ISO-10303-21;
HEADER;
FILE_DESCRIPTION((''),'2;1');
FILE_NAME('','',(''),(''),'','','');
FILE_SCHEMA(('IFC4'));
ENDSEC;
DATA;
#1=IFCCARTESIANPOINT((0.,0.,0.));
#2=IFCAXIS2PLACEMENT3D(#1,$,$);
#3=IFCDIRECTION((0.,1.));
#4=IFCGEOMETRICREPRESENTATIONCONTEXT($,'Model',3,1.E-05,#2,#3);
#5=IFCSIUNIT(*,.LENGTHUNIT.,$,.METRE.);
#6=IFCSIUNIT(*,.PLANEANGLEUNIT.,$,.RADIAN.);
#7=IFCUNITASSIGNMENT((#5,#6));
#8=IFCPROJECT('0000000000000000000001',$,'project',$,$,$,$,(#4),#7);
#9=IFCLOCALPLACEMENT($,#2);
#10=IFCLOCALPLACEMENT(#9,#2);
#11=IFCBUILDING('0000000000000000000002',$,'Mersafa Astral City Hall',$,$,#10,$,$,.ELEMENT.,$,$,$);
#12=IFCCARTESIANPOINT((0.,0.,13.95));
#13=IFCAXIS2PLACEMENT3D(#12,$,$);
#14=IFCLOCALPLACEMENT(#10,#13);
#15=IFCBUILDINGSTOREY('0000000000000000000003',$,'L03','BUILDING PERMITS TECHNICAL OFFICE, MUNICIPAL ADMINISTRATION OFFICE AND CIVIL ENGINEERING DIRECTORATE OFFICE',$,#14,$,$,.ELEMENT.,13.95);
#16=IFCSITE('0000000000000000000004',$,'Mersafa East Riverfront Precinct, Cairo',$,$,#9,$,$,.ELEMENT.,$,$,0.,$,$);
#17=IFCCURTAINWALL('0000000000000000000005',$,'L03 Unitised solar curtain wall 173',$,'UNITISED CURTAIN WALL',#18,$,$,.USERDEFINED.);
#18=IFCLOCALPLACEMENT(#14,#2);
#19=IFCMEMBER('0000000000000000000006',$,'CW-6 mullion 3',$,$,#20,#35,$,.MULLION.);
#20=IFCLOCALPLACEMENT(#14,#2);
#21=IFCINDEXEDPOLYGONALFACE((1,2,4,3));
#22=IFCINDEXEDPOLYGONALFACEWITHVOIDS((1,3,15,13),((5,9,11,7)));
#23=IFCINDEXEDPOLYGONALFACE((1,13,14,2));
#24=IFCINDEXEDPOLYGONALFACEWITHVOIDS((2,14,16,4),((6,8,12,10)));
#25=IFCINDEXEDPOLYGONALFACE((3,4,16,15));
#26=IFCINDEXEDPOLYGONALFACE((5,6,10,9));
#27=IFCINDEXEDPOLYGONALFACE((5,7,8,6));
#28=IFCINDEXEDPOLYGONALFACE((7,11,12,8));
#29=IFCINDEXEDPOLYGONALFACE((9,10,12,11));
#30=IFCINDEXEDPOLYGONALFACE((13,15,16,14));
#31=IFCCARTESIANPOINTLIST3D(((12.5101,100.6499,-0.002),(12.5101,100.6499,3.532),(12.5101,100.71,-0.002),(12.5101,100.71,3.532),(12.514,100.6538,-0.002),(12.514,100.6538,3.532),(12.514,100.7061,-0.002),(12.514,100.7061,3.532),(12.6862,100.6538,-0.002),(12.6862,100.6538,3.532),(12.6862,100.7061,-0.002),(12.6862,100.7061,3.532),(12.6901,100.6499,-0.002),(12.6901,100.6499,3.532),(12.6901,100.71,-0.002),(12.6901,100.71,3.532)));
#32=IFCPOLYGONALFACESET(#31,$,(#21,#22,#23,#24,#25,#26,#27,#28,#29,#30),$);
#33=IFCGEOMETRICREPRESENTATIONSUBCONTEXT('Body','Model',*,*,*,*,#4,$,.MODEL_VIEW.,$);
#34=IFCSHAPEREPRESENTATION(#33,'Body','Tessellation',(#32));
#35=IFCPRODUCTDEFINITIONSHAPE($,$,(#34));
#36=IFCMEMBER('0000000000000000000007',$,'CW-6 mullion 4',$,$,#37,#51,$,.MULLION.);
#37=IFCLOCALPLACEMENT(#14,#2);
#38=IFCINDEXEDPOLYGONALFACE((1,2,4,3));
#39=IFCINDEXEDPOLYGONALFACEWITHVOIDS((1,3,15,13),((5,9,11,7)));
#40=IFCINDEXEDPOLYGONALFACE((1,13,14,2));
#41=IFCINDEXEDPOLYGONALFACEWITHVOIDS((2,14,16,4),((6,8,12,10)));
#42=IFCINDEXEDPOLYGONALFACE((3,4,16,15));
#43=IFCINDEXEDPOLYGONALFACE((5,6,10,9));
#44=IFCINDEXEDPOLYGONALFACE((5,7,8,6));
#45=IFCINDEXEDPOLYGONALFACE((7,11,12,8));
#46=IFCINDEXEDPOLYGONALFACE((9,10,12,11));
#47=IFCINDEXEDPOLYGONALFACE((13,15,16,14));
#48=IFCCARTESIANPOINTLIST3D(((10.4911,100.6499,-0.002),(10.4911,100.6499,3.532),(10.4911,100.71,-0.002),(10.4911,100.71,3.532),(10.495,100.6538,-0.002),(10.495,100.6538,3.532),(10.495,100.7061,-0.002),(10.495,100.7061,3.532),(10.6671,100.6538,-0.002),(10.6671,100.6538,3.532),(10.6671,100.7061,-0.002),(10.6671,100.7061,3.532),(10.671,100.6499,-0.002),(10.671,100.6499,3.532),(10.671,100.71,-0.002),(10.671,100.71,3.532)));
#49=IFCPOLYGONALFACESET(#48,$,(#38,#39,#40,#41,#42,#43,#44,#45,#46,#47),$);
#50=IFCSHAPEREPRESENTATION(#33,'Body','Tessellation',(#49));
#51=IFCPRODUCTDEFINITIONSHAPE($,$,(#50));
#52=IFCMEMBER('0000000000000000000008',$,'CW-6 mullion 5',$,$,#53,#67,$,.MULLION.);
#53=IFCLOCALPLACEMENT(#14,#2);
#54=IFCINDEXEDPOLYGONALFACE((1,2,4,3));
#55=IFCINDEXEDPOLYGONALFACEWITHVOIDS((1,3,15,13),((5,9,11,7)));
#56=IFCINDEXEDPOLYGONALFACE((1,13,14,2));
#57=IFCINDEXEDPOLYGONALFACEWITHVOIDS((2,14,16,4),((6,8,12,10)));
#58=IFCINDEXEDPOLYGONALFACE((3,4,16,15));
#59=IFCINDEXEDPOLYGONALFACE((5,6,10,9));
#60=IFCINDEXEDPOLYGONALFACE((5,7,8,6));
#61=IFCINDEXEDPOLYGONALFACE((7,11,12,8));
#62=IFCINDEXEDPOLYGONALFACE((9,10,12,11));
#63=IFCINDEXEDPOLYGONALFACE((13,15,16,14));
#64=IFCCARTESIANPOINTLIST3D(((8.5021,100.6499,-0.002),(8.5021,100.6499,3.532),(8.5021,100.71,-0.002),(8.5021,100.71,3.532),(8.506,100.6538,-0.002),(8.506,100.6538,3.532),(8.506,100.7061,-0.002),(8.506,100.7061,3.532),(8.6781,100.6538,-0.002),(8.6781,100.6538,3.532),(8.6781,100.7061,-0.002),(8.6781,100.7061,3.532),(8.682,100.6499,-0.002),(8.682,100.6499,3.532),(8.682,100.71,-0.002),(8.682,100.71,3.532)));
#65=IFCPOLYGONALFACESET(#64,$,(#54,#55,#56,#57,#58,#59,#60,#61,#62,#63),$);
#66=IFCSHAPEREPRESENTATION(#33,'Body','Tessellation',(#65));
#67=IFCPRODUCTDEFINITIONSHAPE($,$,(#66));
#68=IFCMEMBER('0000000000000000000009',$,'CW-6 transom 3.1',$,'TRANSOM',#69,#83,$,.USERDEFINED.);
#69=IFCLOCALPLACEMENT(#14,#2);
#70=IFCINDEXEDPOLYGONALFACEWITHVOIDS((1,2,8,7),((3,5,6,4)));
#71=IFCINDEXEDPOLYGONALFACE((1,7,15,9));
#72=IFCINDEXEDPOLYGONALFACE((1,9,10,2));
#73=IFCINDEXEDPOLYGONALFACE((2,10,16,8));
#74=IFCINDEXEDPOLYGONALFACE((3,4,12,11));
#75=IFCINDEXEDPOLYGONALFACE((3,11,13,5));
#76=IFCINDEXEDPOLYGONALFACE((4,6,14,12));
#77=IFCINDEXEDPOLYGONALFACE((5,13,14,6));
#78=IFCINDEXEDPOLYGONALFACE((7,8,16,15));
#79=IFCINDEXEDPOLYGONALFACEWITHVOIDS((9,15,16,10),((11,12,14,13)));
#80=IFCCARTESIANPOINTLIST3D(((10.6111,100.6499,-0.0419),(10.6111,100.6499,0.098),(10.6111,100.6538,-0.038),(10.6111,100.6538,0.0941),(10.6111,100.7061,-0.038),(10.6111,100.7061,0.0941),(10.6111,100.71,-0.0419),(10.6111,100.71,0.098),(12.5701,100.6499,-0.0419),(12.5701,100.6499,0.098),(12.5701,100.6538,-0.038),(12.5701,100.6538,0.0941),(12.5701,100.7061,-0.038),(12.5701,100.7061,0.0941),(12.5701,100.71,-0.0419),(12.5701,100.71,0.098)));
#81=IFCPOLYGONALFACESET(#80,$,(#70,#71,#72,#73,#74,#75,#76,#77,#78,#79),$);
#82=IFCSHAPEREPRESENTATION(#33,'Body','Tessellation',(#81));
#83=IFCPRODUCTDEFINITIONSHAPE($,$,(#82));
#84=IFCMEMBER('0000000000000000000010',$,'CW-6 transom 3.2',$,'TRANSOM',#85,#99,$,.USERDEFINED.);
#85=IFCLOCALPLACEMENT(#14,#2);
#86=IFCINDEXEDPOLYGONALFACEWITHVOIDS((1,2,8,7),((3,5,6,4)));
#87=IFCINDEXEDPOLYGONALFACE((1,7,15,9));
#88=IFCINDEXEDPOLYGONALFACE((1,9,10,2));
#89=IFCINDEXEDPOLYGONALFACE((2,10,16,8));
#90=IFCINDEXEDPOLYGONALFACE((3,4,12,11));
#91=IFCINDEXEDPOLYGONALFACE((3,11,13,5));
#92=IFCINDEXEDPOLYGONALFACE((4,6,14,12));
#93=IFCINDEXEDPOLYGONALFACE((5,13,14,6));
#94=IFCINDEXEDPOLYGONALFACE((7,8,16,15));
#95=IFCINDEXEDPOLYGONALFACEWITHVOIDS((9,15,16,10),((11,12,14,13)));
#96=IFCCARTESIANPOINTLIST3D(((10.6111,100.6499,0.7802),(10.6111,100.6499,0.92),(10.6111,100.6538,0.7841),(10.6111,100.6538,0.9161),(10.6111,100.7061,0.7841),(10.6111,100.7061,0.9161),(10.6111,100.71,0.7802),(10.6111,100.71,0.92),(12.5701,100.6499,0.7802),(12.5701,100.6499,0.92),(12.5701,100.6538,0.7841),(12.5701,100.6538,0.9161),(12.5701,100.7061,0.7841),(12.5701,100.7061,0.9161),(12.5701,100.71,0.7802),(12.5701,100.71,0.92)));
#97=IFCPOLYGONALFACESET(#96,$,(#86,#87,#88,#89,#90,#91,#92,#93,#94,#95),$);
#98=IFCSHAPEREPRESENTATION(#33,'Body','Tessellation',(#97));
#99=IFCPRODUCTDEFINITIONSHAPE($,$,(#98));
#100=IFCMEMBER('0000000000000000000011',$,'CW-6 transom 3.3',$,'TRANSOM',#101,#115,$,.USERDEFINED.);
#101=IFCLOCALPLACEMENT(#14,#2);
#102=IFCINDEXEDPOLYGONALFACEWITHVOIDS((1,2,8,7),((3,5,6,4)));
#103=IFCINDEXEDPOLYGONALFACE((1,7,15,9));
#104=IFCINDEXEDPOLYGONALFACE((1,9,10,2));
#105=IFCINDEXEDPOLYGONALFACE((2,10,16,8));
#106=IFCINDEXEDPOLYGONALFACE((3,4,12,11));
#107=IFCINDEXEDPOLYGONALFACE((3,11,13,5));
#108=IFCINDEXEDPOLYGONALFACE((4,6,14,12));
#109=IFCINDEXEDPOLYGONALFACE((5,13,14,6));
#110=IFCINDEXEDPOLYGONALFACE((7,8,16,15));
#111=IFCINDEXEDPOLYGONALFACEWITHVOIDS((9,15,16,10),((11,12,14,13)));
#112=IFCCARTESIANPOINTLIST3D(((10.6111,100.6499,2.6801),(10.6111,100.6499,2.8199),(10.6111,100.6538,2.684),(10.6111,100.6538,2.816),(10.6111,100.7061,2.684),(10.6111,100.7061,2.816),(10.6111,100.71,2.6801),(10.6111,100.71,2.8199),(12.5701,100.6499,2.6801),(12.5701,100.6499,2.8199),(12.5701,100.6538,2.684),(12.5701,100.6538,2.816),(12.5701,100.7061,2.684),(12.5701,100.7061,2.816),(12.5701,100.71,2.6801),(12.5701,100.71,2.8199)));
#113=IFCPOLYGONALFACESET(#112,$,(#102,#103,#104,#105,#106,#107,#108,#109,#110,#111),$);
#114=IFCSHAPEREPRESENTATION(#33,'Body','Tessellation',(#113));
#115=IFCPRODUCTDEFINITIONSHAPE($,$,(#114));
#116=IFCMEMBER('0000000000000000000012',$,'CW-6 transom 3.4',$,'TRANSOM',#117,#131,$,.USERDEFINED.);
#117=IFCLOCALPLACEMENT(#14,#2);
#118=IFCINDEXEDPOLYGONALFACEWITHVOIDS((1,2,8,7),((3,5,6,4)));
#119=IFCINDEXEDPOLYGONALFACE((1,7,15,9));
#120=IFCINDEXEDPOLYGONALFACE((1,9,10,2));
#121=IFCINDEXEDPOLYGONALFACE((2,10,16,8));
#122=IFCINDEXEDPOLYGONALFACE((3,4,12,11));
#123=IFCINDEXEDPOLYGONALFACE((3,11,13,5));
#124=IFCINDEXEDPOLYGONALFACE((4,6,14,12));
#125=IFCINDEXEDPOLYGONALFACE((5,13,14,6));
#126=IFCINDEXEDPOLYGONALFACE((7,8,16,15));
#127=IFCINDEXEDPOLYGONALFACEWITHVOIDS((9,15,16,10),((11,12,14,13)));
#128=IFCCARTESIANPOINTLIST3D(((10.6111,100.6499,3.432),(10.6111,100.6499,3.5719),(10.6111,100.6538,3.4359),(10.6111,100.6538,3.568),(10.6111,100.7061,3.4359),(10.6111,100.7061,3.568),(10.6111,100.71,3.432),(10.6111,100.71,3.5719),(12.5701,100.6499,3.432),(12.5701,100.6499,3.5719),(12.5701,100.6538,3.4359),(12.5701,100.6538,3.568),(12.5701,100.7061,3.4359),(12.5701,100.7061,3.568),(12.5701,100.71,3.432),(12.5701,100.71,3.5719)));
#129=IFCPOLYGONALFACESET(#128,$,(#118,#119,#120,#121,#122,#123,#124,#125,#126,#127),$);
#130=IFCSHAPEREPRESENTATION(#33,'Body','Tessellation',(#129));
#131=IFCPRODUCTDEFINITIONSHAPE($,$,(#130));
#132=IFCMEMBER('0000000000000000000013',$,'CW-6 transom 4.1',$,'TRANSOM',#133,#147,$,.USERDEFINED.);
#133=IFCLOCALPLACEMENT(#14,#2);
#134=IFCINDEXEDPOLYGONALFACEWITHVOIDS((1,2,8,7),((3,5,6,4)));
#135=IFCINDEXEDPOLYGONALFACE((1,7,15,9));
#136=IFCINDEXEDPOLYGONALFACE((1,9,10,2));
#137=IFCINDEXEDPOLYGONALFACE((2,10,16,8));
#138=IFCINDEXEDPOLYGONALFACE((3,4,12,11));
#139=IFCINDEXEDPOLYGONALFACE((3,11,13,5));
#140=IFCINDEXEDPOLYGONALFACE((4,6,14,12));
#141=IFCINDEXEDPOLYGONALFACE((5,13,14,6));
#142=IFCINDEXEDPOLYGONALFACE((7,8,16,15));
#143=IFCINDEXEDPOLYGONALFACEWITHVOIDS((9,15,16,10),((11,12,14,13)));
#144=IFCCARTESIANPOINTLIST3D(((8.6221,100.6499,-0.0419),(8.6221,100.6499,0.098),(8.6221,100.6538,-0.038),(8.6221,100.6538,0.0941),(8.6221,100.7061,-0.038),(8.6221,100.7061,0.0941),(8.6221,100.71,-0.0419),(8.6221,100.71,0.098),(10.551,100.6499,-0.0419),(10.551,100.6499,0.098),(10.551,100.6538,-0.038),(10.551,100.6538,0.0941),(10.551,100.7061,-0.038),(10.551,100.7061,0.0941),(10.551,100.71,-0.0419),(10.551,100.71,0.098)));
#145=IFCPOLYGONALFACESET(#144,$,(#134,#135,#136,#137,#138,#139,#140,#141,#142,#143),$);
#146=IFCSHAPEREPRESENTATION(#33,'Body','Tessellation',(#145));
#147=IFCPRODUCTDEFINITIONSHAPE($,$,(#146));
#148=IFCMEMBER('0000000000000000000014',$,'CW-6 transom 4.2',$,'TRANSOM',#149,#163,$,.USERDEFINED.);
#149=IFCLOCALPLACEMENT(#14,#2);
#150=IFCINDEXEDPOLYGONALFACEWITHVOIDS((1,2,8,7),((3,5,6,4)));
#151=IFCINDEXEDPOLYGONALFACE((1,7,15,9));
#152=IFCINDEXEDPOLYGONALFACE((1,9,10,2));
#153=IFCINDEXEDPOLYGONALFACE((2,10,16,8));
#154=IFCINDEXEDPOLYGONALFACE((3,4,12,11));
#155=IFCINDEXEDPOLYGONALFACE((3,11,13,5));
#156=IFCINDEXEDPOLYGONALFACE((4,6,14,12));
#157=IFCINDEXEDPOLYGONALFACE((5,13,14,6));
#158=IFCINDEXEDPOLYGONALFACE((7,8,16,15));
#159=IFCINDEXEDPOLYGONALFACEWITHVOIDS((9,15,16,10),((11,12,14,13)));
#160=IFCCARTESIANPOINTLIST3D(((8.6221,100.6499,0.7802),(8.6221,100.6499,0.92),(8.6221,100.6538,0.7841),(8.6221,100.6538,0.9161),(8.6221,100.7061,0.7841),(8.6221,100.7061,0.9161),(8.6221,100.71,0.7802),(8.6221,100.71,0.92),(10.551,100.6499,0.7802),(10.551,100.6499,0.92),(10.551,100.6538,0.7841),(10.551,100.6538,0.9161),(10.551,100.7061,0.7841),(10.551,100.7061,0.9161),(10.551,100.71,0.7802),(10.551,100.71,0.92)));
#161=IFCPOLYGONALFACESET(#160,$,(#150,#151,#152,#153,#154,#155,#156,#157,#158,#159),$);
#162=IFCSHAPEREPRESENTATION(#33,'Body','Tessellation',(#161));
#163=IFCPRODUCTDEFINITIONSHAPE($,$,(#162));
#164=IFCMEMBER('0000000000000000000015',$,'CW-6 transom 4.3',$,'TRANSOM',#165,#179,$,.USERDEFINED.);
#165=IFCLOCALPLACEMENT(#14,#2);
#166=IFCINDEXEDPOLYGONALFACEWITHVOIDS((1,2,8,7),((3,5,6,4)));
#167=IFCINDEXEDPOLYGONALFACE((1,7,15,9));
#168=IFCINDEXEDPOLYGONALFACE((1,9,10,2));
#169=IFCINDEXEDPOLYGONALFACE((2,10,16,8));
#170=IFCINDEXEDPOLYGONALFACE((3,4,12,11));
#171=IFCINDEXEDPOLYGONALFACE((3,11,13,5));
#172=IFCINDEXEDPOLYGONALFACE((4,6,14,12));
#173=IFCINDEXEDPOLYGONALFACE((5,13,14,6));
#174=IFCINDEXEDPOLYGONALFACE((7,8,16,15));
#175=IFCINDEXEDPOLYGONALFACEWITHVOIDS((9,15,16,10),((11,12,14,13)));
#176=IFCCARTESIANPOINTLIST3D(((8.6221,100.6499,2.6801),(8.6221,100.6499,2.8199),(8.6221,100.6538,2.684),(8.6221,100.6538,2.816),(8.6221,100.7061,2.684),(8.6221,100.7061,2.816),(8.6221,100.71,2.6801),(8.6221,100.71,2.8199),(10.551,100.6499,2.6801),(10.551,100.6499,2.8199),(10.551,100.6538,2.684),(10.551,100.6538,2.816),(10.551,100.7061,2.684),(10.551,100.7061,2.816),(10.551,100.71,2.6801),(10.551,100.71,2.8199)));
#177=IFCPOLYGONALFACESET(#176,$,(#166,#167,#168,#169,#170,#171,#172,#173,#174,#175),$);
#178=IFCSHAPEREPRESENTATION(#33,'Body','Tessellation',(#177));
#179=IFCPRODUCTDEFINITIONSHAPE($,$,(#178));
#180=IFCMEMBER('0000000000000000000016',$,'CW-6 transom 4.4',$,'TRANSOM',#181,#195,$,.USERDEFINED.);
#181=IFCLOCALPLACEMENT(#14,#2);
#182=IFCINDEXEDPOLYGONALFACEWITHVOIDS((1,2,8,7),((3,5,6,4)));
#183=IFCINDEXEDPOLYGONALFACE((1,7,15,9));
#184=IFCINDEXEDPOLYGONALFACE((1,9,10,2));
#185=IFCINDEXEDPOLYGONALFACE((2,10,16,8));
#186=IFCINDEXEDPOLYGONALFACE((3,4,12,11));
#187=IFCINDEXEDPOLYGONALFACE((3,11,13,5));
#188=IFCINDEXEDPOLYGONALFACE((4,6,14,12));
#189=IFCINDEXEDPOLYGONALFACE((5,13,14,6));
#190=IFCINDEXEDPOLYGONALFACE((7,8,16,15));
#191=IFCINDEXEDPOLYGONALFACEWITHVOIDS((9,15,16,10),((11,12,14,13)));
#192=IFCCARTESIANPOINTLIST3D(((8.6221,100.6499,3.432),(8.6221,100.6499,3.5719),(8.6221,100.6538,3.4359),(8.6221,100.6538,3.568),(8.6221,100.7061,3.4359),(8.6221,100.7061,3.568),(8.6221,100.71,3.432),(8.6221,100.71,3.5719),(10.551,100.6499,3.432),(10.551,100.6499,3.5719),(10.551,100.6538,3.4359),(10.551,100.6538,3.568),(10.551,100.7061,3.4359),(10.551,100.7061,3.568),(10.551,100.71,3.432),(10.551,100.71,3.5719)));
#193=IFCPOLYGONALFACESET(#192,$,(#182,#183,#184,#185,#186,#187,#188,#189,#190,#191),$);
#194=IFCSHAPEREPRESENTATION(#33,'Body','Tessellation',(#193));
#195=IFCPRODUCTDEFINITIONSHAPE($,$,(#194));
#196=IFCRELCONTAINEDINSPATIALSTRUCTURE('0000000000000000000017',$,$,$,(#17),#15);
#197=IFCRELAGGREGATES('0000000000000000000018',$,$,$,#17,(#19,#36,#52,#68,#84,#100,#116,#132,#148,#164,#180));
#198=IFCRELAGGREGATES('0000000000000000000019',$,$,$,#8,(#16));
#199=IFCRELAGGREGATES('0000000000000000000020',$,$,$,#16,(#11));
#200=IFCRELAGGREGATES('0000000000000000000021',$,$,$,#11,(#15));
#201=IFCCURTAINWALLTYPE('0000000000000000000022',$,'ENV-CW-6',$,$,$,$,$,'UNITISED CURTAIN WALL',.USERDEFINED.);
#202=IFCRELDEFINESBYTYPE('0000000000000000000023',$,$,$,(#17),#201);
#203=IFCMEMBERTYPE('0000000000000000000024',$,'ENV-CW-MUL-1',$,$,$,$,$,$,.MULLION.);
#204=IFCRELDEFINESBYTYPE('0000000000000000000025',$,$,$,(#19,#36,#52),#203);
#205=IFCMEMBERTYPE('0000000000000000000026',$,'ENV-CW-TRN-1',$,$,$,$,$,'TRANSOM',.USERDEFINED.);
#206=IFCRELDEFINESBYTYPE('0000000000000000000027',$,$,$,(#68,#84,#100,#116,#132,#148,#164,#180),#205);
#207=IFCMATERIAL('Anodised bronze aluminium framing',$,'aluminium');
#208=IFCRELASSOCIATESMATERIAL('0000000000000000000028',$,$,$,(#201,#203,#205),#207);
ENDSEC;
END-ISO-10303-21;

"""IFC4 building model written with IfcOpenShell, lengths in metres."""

from ifc_helpers import new_model, si_unit, direction, frame, origin, origin_2d, place, context, subcontext, project, spatial, hollow_rectangle, extrude, material, material_profile, profile_set, type_object, element, aggregate, save


model = new_model("IFC4")

# Units and contexts
model_context = context("Model", 3, precision=1e-05, world=origin(), true_north=direction((0.0, 1.0)))
body_context = subcontext(model_context, "Body", "Model", "MODEL_VIEW")
ifc_project = project(units=[si_unit("LENGTHUNIT", "METRE"), si_unit("PLANEANGLEUNIT", "RADIAN")], contexts=[model_context])

# Site, building, storey
site_placement = place(None, origin())
site = spatial("IfcSite", under=ifc_project, at=site_placement, Name="Mersafa East Riverfront Precinct, Cairo", CompositionType="ELEMENT", RefElevation=0.0)
building_placement = place(site_placement, origin())
building = spatial("IfcBuilding", under=site, at=building_placement, Name="Mersafa Astral City Hall", CompositionType="ELEMENT")
storey_placement = place(building_placement, frame((0.0, 0.0, 13.95)))
storey = spatial("IfcBuildingStorey", under=building, at=storey_placement, Name="L03", Description="BUILDING PERMITS TECHNICAL OFFICE, MUNICIPAL ADMINISTRATION OFFICE AND CIVIL ENGINEERING DIRECTORATE OFFICE", CompositionType="ELEMENT", Elevation=13.95)

# Curtain wall, members
ifc_material_1 = material(Name="Anodised bronze aluminium framing", Category="aluminium")
curtain_wall_type = type_object("IfcCurtainWallType", Name="ENV-CW-6", ElementType="UNITISED CURTAIN WALL", PredefinedType="USERDEFINED", material=ifc_material_1)
curtain_wall_placement = place(storey_placement, origin())
curtain_wall = element("IfcCurtainWall", 1, at=curtain_wall_placement, inside=storey, type_object=curtain_wall_type, Name="L03 Unitised solar curtain wall 173", ObjectType="UNITISED CURTAIN WALL", PredefinedType="USERDEFINED")
ifc_material_profile_1 = material_profile(ifc_material_1, hollow_rectangle(XDim=0.0601, YDim=0.1799, WallThickness=0.0039, at=origin_2d()), Name="RHS 60x180x4")
ifc_profile_set_1 = profile_set([ifc_material_profile_1], Name="Anodised bronze aluminium framing")
member_type_1 = type_object("IfcMemberType", Name="ENV-CW-MUL-1", PredefinedType="MULLION", material=ifc_profile_set_1)
member_1_placement = place(storey_placement, frame((12.6001, 100.6799, -0.002), z_axis=(0.0, 0.0, 1.0), x_axis=(0.0, -1.0, 0.0)))
member_1 = element("IfcMember", 2, at=member_1_placement, type_object=member_type_1, Name="CW-6 mullion 3", PredefinedType="MULLION", context=body_context, shape_type="SweptSolid", body=[
    extrude(hollow_rectangle(XDim=0.0601, YDim=0.1799, WallThickness=0.0039, at=origin_2d()), origin(), (0.0, 0.0, 1.0), 3.5339),
])
member_2_placement = place(storey_placement, frame((10.5811, 100.6799, -0.002), z_axis=(0.0, 0.0, 1.0), x_axis=(0.0, -1.0, 0.0)))
member_2 = element("IfcMember", 3, at=member_2_placement, type_object=member_type_1, Name="CW-6 mullion 4", PredefinedType="MULLION", context=body_context, shape_type="SweptSolid", body=[
    extrude(hollow_rectangle(XDim=0.0601, YDim=0.1799, WallThickness=0.0039, at=origin_2d()), origin(), (0.0, 0.0, 1.0), 3.5339),
])
member_3_placement = place(storey_placement, frame((8.592, 100.6799, -0.002), z_axis=(0.0, 0.0, 1.0), x_axis=(0.0, -1.0, 0.0)))
member_3 = element("IfcMember", 4, at=member_3_placement, type_object=member_type_1, Name="CW-6 mullion 5", PredefinedType="MULLION", context=body_context, shape_type="SweptSolid", body=[
    extrude(hollow_rectangle(XDim=0.0601, YDim=0.1799, WallThickness=0.0039, at=origin_2d()), origin(), (0.0, 0.0, 1.0), 3.5339),
])
ifc_material_profile_2 = material_profile(ifc_material_1, hollow_rectangle(XDim=0.0601, YDim=0.1399, WallThickness=0.0039, at=origin_2d()), Name="RHS 60x140x4")
ifc_profile_set_2 = profile_set([ifc_material_profile_2], Name="Anodised bronze aluminium framing")
member_type_2 = type_object("IfcMemberType", Name="ENV-CW-TRN-1", ElementType="TRANSOM", PredefinedType="USERDEFINED", material=ifc_profile_set_2)
member_4_placement = place(storey_placement, frame((12.5701, 100.6799, 0.0281), z_axis=(-1.0, 0.0, 0.0), x_axis=(0.0, -1.0, 0.0)))
member_4 = element("IfcMember", 5, at=member_4_placement, type_object=member_type_2, Name="CW-6 transom 3.1", ObjectType="TRANSOM", PredefinedType="USERDEFINED", context=body_context, shape_type="SweptSolid", body=[
    extrude(hollow_rectangle(XDim=0.0601, YDim=0.1399, WallThickness=0.0039, at=origin_2d()), origin(), (0.0, 0.0, 1.0), 1.959),
])
member_5_placement = place(storey_placement, frame((12.5701, 100.6799, 0.8501), z_axis=(-1.0, 0.0, 0.0), x_axis=(0.0, -1.0, 0.0)))
member_5 = element("IfcMember", 6, at=member_5_placement, type_object=member_type_2, Name="CW-6 transom 3.2", ObjectType="TRANSOM", PredefinedType="USERDEFINED", context=body_context, shape_type="SweptSolid", body=[
    extrude(hollow_rectangle(XDim=0.0601, YDim=0.1399, WallThickness=0.0039, at=origin_2d()), origin(), (0.0, 0.0, 1.0), 1.959),
])
member_6_placement = place(storey_placement, frame((12.5701, 100.6799, 2.75), z_axis=(-1.0, 0.0, 0.0), x_axis=(0.0, -1.0, 0.0)))
member_6 = element("IfcMember", 7, at=member_6_placement, type_object=member_type_2, Name="CW-6 transom 3.3", ObjectType="TRANSOM", PredefinedType="USERDEFINED", context=body_context, shape_type="SweptSolid", body=[
    extrude(hollow_rectangle(XDim=0.0601, YDim=0.1399, WallThickness=0.0039, at=origin_2d()), origin(), (0.0, 0.0, 1.0), 1.959),
])
member_7_placement = place(storey_placement, frame((12.5701, 100.6799, 3.502), z_axis=(-1.0, 0.0, 0.0), x_axis=(0.0, -1.0, 0.0)))
member_7 = element("IfcMember", 8, at=member_7_placement, type_object=member_type_2, Name="CW-6 transom 3.4", ObjectType="TRANSOM", PredefinedType="USERDEFINED", context=body_context, shape_type="SweptSolid", body=[
    extrude(hollow_rectangle(XDim=0.0601, YDim=0.1399, WallThickness=0.0039, at=origin_2d()), origin(), (0.0, 0.0, 1.0), 1.959),
])
member_8_placement = place(storey_placement, frame((10.551, 100.6799, 0.0281), z_axis=(-1.0, 0.0, 0.0), x_axis=(0.0, -1.0, 0.0)))
member_8 = element("IfcMember", 9, at=member_8_placement, type_object=member_type_2, Name="CW-6 transom 4.1", ObjectType="TRANSOM", PredefinedType="USERDEFINED", context=body_context, shape_type="SweptSolid", body=[
    extrude(hollow_rectangle(XDim=0.0601, YDim=0.1399, WallThickness=0.0039, at=origin_2d()), origin(), (0.0, 0.0, 1.0), 1.929),
])
member_9_placement = place(storey_placement, frame((10.551, 100.6799, 0.8501), z_axis=(-1.0, 0.0, 0.0), x_axis=(0.0, -1.0, 0.0)))
member_9 = element("IfcMember", 10, at=member_9_placement, type_object=member_type_2, Name="CW-6 transom 4.2", ObjectType="TRANSOM", PredefinedType="USERDEFINED", context=body_context, shape_type="SweptSolid", body=[
    extrude(hollow_rectangle(XDim=0.0601, YDim=0.1399, WallThickness=0.0039, at=origin_2d()), origin(), (0.0, 0.0, 1.0), 1.929),
])
member_10_placement = place(storey_placement, frame((10.551, 100.6799, 2.75), z_axis=(-1.0, 0.0, 0.0), x_axis=(0.0, -1.0, 0.0)))
member_10 = element("IfcMember", 11, at=member_10_placement, type_object=member_type_2, Name="CW-6 transom 4.3", ObjectType="TRANSOM", PredefinedType="USERDEFINED", context=body_context, shape_type="SweptSolid", body=[
    extrude(hollow_rectangle(XDim=0.0601, YDim=0.1399, WallThickness=0.0039, at=origin_2d()), origin(), (0.0, 0.0, 1.0), 1.929),
])
member_11_placement = place(storey_placement, frame((10.551, 100.6799, 3.502), z_axis=(-1.0, 0.0, 0.0), x_axis=(0.0, -1.0, 0.0)))
member_11 = element("IfcMember", 12, at=member_11_placement, type_object=member_type_2, Name="CW-6 transom 4.4", ObjectType="TRANSOM", PredefinedType="USERDEFINED", context=body_context, shape_type="SweptSolid", body=[
    extrude(hollow_rectangle(XDim=0.0601, YDim=0.1399, WallThickness=0.0039, at=origin_2d()), origin(), (0.0, 0.0, 1.0), 1.929),
])

aggregate(curtain_wall, [member_1, member_2, member_3, member_4, member_5, member_6, member_7, member_8, member_9, member_10, member_11])

save(model, "model.ifc")
